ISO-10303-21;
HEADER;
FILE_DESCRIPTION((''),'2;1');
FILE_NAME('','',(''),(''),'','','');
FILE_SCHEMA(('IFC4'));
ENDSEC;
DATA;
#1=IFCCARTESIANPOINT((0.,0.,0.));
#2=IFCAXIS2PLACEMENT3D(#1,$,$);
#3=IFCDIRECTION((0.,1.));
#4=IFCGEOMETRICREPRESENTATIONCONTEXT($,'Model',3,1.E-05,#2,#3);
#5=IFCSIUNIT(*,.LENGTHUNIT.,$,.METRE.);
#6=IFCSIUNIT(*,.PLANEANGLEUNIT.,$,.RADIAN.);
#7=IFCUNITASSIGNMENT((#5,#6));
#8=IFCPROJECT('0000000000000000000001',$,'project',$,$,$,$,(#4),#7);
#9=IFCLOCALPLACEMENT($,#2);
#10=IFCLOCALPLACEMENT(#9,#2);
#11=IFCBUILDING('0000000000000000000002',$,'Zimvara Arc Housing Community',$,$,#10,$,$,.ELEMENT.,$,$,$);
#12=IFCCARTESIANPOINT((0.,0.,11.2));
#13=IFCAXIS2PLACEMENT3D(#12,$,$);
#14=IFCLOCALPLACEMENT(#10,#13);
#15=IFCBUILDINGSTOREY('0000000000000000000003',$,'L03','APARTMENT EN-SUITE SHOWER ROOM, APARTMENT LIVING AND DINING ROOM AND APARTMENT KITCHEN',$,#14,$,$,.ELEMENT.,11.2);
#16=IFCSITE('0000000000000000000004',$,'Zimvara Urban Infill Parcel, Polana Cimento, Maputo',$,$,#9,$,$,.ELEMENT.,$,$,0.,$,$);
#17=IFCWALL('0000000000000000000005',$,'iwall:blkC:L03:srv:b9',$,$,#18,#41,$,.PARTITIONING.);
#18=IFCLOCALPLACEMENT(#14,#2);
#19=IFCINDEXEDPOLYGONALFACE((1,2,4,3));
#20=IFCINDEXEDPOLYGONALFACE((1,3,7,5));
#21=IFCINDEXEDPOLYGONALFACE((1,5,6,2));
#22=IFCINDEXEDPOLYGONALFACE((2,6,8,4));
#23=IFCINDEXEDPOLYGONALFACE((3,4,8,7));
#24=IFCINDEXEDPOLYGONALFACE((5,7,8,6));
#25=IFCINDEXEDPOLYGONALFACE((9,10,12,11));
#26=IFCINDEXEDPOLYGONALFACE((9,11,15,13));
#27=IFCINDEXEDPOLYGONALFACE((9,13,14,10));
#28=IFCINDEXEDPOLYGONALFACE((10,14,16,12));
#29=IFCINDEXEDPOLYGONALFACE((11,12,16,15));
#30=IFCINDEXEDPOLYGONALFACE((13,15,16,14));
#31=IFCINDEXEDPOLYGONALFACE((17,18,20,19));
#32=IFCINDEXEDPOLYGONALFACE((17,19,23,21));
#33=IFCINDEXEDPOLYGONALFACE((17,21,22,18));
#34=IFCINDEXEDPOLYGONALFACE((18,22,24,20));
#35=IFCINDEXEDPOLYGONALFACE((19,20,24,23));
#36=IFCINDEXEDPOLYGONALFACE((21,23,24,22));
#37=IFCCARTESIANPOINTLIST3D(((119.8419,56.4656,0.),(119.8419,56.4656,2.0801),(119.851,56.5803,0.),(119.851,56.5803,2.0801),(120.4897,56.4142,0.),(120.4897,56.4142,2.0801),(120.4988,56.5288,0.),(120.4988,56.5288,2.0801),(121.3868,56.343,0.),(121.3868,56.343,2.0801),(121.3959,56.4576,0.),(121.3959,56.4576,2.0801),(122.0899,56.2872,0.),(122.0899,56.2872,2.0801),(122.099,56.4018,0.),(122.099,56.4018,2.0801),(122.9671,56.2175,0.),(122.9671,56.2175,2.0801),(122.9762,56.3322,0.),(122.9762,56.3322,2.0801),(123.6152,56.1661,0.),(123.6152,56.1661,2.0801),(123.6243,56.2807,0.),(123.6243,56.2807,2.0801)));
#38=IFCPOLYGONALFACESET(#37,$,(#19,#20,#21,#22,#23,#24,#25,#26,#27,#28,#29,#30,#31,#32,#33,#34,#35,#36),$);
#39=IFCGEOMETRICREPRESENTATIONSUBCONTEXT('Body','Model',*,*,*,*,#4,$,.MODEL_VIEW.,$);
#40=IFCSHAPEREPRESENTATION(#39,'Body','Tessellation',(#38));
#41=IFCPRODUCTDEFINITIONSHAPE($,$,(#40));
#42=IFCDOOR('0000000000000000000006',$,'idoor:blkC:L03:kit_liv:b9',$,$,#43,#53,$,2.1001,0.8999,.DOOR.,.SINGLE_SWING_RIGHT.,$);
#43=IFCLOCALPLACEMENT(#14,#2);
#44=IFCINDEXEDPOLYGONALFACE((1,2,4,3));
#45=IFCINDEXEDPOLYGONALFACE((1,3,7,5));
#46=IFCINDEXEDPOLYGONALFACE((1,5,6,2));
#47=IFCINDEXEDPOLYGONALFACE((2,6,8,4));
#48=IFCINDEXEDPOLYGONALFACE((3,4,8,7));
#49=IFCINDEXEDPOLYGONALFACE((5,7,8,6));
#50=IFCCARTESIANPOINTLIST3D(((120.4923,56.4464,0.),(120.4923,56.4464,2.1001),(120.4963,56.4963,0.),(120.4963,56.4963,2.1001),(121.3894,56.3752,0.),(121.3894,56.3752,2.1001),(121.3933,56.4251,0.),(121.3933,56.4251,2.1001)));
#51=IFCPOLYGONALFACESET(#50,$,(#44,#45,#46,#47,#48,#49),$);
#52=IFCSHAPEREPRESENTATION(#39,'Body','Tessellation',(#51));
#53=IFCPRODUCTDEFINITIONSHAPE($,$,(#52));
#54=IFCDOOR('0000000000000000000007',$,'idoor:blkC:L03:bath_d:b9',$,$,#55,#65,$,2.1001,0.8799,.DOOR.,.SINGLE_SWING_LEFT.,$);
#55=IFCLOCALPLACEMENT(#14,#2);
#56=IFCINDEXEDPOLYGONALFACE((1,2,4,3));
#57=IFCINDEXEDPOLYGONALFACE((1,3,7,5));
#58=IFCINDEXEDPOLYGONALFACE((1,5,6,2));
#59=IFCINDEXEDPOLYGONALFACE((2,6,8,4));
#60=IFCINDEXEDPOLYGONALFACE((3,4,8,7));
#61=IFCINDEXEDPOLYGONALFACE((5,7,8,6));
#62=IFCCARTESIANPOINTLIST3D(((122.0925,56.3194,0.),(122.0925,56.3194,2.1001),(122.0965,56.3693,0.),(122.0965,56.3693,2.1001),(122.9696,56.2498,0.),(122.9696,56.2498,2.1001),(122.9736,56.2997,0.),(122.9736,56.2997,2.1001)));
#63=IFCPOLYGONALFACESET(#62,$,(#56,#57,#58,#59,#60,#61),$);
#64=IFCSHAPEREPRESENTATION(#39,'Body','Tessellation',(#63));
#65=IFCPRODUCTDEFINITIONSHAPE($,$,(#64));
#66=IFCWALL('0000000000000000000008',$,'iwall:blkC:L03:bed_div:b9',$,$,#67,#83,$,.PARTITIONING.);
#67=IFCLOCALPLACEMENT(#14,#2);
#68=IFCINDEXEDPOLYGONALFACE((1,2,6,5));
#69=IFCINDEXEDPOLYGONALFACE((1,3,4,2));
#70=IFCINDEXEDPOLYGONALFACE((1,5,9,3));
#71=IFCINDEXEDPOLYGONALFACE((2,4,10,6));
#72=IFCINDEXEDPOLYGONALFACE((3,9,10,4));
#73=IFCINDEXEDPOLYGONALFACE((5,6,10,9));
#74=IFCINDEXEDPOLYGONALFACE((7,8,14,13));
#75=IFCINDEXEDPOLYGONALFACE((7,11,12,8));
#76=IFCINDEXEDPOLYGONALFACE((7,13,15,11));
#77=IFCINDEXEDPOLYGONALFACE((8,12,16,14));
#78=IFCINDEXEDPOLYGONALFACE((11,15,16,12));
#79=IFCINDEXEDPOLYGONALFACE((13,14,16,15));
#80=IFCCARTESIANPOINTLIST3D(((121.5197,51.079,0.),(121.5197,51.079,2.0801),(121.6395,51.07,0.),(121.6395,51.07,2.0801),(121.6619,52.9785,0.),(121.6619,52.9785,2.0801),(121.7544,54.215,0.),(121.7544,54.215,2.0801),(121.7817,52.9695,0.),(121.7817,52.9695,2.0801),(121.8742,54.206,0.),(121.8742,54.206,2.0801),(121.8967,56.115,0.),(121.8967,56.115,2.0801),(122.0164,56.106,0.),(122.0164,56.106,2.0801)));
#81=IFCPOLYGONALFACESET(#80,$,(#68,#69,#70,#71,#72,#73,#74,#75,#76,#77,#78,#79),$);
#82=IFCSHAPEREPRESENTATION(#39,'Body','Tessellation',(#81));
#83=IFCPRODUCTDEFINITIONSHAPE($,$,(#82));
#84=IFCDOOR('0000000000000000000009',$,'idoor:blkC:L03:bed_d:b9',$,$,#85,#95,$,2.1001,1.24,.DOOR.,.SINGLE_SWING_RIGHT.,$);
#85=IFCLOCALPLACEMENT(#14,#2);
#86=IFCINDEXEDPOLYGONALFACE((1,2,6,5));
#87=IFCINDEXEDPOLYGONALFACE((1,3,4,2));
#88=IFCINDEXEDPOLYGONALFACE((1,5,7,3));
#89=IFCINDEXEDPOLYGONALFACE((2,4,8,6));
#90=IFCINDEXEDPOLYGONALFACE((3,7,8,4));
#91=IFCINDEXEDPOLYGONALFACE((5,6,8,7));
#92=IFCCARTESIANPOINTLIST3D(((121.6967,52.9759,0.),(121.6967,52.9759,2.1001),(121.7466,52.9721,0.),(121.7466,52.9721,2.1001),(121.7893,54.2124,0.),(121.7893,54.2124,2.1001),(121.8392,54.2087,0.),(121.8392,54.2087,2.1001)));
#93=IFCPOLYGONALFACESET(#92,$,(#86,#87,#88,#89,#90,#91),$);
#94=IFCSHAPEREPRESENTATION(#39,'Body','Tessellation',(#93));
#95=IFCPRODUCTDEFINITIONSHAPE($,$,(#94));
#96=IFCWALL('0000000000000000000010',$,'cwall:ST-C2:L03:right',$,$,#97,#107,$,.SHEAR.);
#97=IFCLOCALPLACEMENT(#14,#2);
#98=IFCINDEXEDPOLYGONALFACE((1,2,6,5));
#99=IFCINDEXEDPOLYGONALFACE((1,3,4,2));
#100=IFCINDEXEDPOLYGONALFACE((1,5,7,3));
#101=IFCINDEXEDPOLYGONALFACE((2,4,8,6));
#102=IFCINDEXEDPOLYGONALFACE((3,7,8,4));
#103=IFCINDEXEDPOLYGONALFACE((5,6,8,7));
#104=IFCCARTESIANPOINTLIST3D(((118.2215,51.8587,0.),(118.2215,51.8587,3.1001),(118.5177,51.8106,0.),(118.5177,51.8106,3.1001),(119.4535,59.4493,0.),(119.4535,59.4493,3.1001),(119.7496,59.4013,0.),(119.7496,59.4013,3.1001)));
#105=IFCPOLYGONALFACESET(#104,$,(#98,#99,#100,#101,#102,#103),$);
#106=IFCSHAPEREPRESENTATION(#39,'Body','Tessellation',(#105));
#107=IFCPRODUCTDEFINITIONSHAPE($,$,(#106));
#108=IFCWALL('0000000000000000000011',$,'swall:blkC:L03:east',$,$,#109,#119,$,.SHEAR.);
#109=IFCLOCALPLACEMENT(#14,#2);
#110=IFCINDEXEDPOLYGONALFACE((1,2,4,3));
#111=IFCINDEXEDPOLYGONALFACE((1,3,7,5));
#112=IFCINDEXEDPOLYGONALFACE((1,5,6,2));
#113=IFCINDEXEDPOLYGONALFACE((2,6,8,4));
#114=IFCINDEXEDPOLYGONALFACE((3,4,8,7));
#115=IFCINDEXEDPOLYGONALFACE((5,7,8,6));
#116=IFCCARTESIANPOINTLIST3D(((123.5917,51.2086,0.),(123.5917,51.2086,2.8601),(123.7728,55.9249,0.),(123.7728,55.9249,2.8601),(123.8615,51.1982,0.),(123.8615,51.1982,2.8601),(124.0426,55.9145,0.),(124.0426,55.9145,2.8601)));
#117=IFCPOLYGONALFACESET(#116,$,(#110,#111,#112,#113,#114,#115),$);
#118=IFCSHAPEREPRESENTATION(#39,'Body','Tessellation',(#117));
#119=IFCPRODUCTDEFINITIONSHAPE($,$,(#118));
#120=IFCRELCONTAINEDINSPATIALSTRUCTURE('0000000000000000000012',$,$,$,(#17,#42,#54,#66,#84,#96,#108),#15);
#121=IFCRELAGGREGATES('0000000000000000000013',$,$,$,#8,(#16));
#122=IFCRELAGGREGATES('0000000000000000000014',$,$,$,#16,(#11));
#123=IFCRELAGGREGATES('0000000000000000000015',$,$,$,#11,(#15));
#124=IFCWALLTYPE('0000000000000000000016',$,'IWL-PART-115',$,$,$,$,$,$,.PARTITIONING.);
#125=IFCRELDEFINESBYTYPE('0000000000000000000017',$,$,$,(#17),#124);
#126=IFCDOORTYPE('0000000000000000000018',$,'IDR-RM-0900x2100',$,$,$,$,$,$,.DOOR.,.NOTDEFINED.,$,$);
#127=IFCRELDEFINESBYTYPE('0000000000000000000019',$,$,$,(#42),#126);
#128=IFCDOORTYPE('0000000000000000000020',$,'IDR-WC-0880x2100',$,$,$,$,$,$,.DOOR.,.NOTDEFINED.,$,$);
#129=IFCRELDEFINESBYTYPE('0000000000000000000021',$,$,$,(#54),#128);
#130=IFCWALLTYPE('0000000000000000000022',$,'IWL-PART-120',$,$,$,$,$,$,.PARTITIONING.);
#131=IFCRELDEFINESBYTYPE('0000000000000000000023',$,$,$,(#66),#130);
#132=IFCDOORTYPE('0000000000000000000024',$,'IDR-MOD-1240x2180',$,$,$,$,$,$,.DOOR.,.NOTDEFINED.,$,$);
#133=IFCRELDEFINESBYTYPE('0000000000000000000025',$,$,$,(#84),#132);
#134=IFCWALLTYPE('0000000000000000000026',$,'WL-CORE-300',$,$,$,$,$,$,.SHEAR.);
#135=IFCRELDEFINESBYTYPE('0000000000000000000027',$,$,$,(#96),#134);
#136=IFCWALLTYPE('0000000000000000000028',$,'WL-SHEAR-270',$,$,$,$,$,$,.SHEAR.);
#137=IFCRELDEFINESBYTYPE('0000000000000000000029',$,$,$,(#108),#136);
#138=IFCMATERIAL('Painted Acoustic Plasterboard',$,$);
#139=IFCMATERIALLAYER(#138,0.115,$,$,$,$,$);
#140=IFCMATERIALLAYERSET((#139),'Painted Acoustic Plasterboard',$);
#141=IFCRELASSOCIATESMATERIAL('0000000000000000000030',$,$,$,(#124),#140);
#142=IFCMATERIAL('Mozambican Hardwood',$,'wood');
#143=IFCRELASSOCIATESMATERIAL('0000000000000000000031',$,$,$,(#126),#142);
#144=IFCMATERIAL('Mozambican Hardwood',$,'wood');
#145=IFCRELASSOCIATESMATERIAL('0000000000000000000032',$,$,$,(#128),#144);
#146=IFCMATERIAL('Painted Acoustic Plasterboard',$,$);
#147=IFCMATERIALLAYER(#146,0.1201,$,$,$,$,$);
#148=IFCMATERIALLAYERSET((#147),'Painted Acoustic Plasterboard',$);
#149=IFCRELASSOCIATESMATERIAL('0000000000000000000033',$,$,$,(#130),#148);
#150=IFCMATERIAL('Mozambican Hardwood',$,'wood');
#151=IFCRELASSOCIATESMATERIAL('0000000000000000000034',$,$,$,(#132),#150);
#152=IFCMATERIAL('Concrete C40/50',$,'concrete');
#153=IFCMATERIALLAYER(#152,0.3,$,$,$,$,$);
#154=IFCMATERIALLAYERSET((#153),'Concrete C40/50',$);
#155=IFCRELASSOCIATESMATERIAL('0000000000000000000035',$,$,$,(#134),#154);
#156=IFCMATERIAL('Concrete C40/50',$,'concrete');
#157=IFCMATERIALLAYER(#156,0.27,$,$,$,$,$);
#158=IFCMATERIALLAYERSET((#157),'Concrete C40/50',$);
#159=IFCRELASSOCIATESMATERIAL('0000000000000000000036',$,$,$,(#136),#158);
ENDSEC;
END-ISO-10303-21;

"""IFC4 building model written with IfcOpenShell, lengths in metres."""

from ifc_helpers import new_model, si_unit, direction, frame, frame_2d, origin, place, context, subcontext, project, spatial, rectangle, extrude, material, layer, layer_set, type_object, element, fill, save


model = new_model("IFC4")

# Units and contexts
model_context = context("Model", 3, precision=1e-05, world=origin(), true_north=direction((0.0, 1.0)))
body_context = subcontext(model_context, "Body", "Model", "MODEL_VIEW")
ifc_project = project(units=[si_unit("LENGTHUNIT", "METRE"), si_unit("PLANEANGLEUNIT", "RADIAN")], contexts=[model_context])

# Site, building, storey
site_placement = place(None, origin())
site = spatial("IfcSite", under=ifc_project, at=site_placement, Name="Zimvara Urban Infill Parcel, Polana Cimento, Maputo", CompositionType="ELEMENT", RefElevation=0.0)
building_placement = place(site_placement, origin())
building = spatial("IfcBuilding", under=site, at=building_placement, Name="Zimvara Arc Housing Community", CompositionType="ELEMENT")
storey_placement = place(building_placement, frame((0.0, 0.0, 11.2)))
storey = spatial("IfcBuildingStorey", under=building, at=storey_placement, Name="L03", Description="APARTMENT EN-SUITE SHOWER ROOM, APARTMENT LIVING AND DINING ROOM AND APARTMENT KITCHEN", CompositionType="ELEMENT", Elevation=11.2)

# Wall, openings, doors
ifc_material_1 = material(Name="Painted Acoustic Plasterboard")
ifc_layer_1 = layer(ifc_material_1, 0.115)
ifc_layer_set_1 = layer_set([ifc_layer_1], Name="Painted Acoustic Plasterboard")
wall_type_1 = type_object("IfcWallType", Name="IWL-PART-115", PredefinedType="PARTITIONING", material=ifc_layer_set_1)
wall_1_placement = place(storey_placement, frame((119.8464, 56.5229, 0.0), z_axis=(0.0, 0.0, 1.0), x_axis=(0.996863, -0.079143, 0.0)))
wall_1 = element("IfcWall", 1, at=wall_1_placement, inside=storey, type_object=wall_type_1, Name="iwall:blkC:L03:srv:b9", PredefinedType="PARTITIONING", context=body_context, shape_type="SweptSolid", body=[
    extrude(rectangle(XDim=3.7852, YDim=0.115, at=frame_2d((1.8926, 0.0))), origin(), (0.0, 0.0, 1.0), 2.0801),
])
opening_1_placement = place(wall_1_placement, frame((0.6499, 0.0, 0.0)))
opening_1 = element("IfcOpeningElement", 2, at=opening_1_placement, cuts=wall_1, PredefinedType="OPENING", context=body_context, shape_type="SweptSolid", body=[
    extrude(rectangle(XDim=0.8999, YDim=2.1001, at=frame_2d((0.45, 1.05))), frame((0.0, 0.0674, 0.0), z_axis=(0.0, -1.0, 0.0), x_axis=(1.0, 0.0, 0.0)), (0.0, 0.0, 1.0), 0.135),
])
opening_2_placement = place(wall_1_placement, frame((2.2551, 0.0, 0.0)))
opening_2 = element("IfcOpeningElement", 3, at=opening_2_placement, cuts=wall_1, PredefinedType="OPENING", context=body_context, shape_type="SweptSolid", body=[
    extrude(rectangle(XDim=0.8799, YDim=2.1001, at=frame_2d((0.4399, 1.05))), frame((0.0, 0.0674, 0.0), z_axis=(0.0, -1.0, 0.0), x_axis=(1.0, 0.0, 0.0)), (0.0, 0.0, 1.0), 0.135),
])
ifc_material_2 = material(Name="Mozambican Hardwood", Category="wood")
door_type_1 = type_object("IfcDoorType", Name="IDR-RM-0900x2100", OperationType="NOTDEFINED", PredefinedType="DOOR", material=ifc_material_2)
door_1_placement = place(opening_1_placement, origin())
door_1 = element("IfcDoor", 4, at=door_1_placement, inside=storey, type_object=door_type_1, Name="idoor:blkC:L03:kit_liv:b9", OperationType="SINGLE_SWING_RIGHT", OverallHeight=2.1001, OverallWidth=0.8999, PredefinedType="DOOR", context=body_context, shape_type="SweptSolid", body=[
    extrude(rectangle(XDim=0.8999, YDim=2.1001, at=frame_2d((0.45, 1.05))), frame((0.0, 0.0249, 0.0), z_axis=(0.0, -1.0, 0.0), x_axis=(1.0, 0.0, 0.0)), (0.0, 0.0, 1.0), 0.05),
])
fill(opening_1, door_1)
ifc_material_3 = material(Name="Mozambican Hardwood", Category="wood")
door_type_2 = type_object("IfcDoorType", Name="IDR-WC-0880x2100", OperationType="NOTDEFINED", PredefinedType="DOOR", material=ifc_material_3)
door_2_placement = place(opening_2_placement, origin())
door_2 = element("IfcDoor", 5, at=door_2_placement, inside=storey, type_object=door_type_2, Name="idoor:blkC:L03:bath_d:b9", OperationType="SINGLE_SWING_LEFT", OverallHeight=2.1001, OverallWidth=0.8799, PredefinedType="DOOR", context=body_context, shape_type="SweptSolid", body=[
    extrude(rectangle(XDim=0.8799, YDim=2.1001, at=frame_2d((0.4399, 1.05))), frame((0.0, 0.0249, 0.0), z_axis=(0.0, -1.0, 0.0), x_axis=(1.0, 0.0, 0.0)), (0.0, 0.0, 1.0), 0.05),
])
fill(opening_2, door_2)

# Wall, opening, door
ifc_material_4 = material(Name="Painted Acoustic Plasterboard")
ifc_layer_2 = layer(ifc_material_4, 0.1201)
ifc_layer_set_2 = layer_set([ifc_layer_2], Name="Painted Acoustic Plasterboard")
wall_type_2 = type_object("IfcWallType", Name="IWL-PART-120", PredefinedType="PARTITIONING", material=ifc_layer_set_2)
wall_2_placement = place(storey_placement, frame((121.9565, 56.1104, 0.0), z_axis=(0.0, 0.0, 1.0), x_axis=(-0.074645, -0.99721, 0.0)))
wall_2 = element("IfcWall", 6, at=wall_2_placement, inside=storey, type_object=wall_type_2, Name="iwall:blkC:L03:bed_div:b9", PredefinedType="PARTITIONING", context=body_context, shape_type="SweptSolid", body=[
    extrude(rectangle(XDim=5.05, YDim=0.1201, at=frame_2d((2.5249, 0.0))), origin(), (0.0, 0.0, 1.0), 2.0801),
])
opening_3_placement = place(wall_2_placement, frame((1.905, 0.0, 0.0)))
opening_3 = element("IfcOpeningElement", 7, at=opening_3_placement, cuts=wall_2, PredefinedType="OPENING", context=body_context, shape_type="SweptSolid", body=[
    extrude(rectangle(XDim=1.24, YDim=2.1001, at=frame_2d((0.6201, 1.05))), frame((0.0, 0.0701, 0.0), z_axis=(0.0, -1.0, 0.0), x_axis=(1.0, 0.0, 0.0)), (0.0, 0.0, 1.0), 0.1401),
])
ifc_material_5 = material(Name="Mozambican Hardwood", Category="wood")
door_type_3 = type_object("IfcDoorType", Name="IDR-MOD-1240x2180", OperationType="NOTDEFINED", PredefinedType="DOOR", material=ifc_material_5)
door_3_placement = place(opening_3_placement, origin())
door_3 = element("IfcDoor", 8, at=door_3_placement, inside=storey, type_object=door_type_3, Name="idoor:blkC:L03:bed_d:b9", OperationType="SINGLE_SWING_RIGHT", OverallHeight=2.1001, OverallWidth=1.24, PredefinedType="DOOR", context=body_context, shape_type="SweptSolid", body=[
    extrude(rectangle(XDim=1.24, YDim=2.1001, at=frame_2d((0.6201, 1.05))), frame((0.0, 0.0249, 0.0), z_axis=(0.0, -1.0, 0.0), x_axis=(1.0, 0.0, 0.0)), (0.0, 0.0, 1.0), 0.05),
])
fill(opening_3, door_3)

# Walls
ifc_material_6 = material(Name="Concrete C40/50", Category="concrete")
ifc_layer_3 = layer(ifc_material_6, 0.3)
ifc_layer_set_3 = layer_set([ifc_layer_3], Name="Concrete C40/50")
wall_type_3 = type_object("IfcWallType", Name="WL-CORE-300", PredefinedType="SHEAR", material=ifc_layer_set_3)
wall_3_placement = place(storey_placement, frame((119.6016, 59.4253, 0.0), z_axis=(0.0, 0.0, 1.0), x_axis=(-0.160202, -0.987084, 0.0)))
element("IfcWall", 9, at=wall_3_placement, inside=storey, type_object=wall_type_3, Name="cwall:ST-C2:L03:right", PredefinedType="SHEAR", context=body_context, shape_type="SweptSolid", body=[
    extrude(rectangle(XDim=7.6899, YDim=0.3, at=frame_2d((3.845, 0.0))), origin(), (0.0, 0.0, 1.0), 3.1001),
])
ifc_material_7 = material(Name="Concrete C40/50", Category="concrete")
ifc_layer_4 = layer(ifc_material_7, 0.27)
ifc_layer_set_4 = layer_set([ifc_layer_4], Name="Concrete C40/50")
wall_type_4 = type_object("IfcWallType", Name="WL-SHEAR-270", PredefinedType="SHEAR", material=ifc_layer_set_4)
wall_4_placement = place(storey_placement, frame((123.9077, 55.9197, 0.0), z_axis=(0.0, 0.0, 1.0), x_axis=(-0.038381, -0.999263, 0.0)))
element("IfcWall", 10, at=wall_4_placement, inside=storey, type_object=wall_type_4, Name="swall:blkC:L03:east", PredefinedType="SHEAR", context=body_context, shape_type="SweptSolid", body=[
    extrude(rectangle(XDim=4.7197, YDim=0.27, at=frame_2d((2.3599, 0.0))), origin(), (0.0, 0.0, 1.0), 2.8601),
])

save(model, "model.ifc")
